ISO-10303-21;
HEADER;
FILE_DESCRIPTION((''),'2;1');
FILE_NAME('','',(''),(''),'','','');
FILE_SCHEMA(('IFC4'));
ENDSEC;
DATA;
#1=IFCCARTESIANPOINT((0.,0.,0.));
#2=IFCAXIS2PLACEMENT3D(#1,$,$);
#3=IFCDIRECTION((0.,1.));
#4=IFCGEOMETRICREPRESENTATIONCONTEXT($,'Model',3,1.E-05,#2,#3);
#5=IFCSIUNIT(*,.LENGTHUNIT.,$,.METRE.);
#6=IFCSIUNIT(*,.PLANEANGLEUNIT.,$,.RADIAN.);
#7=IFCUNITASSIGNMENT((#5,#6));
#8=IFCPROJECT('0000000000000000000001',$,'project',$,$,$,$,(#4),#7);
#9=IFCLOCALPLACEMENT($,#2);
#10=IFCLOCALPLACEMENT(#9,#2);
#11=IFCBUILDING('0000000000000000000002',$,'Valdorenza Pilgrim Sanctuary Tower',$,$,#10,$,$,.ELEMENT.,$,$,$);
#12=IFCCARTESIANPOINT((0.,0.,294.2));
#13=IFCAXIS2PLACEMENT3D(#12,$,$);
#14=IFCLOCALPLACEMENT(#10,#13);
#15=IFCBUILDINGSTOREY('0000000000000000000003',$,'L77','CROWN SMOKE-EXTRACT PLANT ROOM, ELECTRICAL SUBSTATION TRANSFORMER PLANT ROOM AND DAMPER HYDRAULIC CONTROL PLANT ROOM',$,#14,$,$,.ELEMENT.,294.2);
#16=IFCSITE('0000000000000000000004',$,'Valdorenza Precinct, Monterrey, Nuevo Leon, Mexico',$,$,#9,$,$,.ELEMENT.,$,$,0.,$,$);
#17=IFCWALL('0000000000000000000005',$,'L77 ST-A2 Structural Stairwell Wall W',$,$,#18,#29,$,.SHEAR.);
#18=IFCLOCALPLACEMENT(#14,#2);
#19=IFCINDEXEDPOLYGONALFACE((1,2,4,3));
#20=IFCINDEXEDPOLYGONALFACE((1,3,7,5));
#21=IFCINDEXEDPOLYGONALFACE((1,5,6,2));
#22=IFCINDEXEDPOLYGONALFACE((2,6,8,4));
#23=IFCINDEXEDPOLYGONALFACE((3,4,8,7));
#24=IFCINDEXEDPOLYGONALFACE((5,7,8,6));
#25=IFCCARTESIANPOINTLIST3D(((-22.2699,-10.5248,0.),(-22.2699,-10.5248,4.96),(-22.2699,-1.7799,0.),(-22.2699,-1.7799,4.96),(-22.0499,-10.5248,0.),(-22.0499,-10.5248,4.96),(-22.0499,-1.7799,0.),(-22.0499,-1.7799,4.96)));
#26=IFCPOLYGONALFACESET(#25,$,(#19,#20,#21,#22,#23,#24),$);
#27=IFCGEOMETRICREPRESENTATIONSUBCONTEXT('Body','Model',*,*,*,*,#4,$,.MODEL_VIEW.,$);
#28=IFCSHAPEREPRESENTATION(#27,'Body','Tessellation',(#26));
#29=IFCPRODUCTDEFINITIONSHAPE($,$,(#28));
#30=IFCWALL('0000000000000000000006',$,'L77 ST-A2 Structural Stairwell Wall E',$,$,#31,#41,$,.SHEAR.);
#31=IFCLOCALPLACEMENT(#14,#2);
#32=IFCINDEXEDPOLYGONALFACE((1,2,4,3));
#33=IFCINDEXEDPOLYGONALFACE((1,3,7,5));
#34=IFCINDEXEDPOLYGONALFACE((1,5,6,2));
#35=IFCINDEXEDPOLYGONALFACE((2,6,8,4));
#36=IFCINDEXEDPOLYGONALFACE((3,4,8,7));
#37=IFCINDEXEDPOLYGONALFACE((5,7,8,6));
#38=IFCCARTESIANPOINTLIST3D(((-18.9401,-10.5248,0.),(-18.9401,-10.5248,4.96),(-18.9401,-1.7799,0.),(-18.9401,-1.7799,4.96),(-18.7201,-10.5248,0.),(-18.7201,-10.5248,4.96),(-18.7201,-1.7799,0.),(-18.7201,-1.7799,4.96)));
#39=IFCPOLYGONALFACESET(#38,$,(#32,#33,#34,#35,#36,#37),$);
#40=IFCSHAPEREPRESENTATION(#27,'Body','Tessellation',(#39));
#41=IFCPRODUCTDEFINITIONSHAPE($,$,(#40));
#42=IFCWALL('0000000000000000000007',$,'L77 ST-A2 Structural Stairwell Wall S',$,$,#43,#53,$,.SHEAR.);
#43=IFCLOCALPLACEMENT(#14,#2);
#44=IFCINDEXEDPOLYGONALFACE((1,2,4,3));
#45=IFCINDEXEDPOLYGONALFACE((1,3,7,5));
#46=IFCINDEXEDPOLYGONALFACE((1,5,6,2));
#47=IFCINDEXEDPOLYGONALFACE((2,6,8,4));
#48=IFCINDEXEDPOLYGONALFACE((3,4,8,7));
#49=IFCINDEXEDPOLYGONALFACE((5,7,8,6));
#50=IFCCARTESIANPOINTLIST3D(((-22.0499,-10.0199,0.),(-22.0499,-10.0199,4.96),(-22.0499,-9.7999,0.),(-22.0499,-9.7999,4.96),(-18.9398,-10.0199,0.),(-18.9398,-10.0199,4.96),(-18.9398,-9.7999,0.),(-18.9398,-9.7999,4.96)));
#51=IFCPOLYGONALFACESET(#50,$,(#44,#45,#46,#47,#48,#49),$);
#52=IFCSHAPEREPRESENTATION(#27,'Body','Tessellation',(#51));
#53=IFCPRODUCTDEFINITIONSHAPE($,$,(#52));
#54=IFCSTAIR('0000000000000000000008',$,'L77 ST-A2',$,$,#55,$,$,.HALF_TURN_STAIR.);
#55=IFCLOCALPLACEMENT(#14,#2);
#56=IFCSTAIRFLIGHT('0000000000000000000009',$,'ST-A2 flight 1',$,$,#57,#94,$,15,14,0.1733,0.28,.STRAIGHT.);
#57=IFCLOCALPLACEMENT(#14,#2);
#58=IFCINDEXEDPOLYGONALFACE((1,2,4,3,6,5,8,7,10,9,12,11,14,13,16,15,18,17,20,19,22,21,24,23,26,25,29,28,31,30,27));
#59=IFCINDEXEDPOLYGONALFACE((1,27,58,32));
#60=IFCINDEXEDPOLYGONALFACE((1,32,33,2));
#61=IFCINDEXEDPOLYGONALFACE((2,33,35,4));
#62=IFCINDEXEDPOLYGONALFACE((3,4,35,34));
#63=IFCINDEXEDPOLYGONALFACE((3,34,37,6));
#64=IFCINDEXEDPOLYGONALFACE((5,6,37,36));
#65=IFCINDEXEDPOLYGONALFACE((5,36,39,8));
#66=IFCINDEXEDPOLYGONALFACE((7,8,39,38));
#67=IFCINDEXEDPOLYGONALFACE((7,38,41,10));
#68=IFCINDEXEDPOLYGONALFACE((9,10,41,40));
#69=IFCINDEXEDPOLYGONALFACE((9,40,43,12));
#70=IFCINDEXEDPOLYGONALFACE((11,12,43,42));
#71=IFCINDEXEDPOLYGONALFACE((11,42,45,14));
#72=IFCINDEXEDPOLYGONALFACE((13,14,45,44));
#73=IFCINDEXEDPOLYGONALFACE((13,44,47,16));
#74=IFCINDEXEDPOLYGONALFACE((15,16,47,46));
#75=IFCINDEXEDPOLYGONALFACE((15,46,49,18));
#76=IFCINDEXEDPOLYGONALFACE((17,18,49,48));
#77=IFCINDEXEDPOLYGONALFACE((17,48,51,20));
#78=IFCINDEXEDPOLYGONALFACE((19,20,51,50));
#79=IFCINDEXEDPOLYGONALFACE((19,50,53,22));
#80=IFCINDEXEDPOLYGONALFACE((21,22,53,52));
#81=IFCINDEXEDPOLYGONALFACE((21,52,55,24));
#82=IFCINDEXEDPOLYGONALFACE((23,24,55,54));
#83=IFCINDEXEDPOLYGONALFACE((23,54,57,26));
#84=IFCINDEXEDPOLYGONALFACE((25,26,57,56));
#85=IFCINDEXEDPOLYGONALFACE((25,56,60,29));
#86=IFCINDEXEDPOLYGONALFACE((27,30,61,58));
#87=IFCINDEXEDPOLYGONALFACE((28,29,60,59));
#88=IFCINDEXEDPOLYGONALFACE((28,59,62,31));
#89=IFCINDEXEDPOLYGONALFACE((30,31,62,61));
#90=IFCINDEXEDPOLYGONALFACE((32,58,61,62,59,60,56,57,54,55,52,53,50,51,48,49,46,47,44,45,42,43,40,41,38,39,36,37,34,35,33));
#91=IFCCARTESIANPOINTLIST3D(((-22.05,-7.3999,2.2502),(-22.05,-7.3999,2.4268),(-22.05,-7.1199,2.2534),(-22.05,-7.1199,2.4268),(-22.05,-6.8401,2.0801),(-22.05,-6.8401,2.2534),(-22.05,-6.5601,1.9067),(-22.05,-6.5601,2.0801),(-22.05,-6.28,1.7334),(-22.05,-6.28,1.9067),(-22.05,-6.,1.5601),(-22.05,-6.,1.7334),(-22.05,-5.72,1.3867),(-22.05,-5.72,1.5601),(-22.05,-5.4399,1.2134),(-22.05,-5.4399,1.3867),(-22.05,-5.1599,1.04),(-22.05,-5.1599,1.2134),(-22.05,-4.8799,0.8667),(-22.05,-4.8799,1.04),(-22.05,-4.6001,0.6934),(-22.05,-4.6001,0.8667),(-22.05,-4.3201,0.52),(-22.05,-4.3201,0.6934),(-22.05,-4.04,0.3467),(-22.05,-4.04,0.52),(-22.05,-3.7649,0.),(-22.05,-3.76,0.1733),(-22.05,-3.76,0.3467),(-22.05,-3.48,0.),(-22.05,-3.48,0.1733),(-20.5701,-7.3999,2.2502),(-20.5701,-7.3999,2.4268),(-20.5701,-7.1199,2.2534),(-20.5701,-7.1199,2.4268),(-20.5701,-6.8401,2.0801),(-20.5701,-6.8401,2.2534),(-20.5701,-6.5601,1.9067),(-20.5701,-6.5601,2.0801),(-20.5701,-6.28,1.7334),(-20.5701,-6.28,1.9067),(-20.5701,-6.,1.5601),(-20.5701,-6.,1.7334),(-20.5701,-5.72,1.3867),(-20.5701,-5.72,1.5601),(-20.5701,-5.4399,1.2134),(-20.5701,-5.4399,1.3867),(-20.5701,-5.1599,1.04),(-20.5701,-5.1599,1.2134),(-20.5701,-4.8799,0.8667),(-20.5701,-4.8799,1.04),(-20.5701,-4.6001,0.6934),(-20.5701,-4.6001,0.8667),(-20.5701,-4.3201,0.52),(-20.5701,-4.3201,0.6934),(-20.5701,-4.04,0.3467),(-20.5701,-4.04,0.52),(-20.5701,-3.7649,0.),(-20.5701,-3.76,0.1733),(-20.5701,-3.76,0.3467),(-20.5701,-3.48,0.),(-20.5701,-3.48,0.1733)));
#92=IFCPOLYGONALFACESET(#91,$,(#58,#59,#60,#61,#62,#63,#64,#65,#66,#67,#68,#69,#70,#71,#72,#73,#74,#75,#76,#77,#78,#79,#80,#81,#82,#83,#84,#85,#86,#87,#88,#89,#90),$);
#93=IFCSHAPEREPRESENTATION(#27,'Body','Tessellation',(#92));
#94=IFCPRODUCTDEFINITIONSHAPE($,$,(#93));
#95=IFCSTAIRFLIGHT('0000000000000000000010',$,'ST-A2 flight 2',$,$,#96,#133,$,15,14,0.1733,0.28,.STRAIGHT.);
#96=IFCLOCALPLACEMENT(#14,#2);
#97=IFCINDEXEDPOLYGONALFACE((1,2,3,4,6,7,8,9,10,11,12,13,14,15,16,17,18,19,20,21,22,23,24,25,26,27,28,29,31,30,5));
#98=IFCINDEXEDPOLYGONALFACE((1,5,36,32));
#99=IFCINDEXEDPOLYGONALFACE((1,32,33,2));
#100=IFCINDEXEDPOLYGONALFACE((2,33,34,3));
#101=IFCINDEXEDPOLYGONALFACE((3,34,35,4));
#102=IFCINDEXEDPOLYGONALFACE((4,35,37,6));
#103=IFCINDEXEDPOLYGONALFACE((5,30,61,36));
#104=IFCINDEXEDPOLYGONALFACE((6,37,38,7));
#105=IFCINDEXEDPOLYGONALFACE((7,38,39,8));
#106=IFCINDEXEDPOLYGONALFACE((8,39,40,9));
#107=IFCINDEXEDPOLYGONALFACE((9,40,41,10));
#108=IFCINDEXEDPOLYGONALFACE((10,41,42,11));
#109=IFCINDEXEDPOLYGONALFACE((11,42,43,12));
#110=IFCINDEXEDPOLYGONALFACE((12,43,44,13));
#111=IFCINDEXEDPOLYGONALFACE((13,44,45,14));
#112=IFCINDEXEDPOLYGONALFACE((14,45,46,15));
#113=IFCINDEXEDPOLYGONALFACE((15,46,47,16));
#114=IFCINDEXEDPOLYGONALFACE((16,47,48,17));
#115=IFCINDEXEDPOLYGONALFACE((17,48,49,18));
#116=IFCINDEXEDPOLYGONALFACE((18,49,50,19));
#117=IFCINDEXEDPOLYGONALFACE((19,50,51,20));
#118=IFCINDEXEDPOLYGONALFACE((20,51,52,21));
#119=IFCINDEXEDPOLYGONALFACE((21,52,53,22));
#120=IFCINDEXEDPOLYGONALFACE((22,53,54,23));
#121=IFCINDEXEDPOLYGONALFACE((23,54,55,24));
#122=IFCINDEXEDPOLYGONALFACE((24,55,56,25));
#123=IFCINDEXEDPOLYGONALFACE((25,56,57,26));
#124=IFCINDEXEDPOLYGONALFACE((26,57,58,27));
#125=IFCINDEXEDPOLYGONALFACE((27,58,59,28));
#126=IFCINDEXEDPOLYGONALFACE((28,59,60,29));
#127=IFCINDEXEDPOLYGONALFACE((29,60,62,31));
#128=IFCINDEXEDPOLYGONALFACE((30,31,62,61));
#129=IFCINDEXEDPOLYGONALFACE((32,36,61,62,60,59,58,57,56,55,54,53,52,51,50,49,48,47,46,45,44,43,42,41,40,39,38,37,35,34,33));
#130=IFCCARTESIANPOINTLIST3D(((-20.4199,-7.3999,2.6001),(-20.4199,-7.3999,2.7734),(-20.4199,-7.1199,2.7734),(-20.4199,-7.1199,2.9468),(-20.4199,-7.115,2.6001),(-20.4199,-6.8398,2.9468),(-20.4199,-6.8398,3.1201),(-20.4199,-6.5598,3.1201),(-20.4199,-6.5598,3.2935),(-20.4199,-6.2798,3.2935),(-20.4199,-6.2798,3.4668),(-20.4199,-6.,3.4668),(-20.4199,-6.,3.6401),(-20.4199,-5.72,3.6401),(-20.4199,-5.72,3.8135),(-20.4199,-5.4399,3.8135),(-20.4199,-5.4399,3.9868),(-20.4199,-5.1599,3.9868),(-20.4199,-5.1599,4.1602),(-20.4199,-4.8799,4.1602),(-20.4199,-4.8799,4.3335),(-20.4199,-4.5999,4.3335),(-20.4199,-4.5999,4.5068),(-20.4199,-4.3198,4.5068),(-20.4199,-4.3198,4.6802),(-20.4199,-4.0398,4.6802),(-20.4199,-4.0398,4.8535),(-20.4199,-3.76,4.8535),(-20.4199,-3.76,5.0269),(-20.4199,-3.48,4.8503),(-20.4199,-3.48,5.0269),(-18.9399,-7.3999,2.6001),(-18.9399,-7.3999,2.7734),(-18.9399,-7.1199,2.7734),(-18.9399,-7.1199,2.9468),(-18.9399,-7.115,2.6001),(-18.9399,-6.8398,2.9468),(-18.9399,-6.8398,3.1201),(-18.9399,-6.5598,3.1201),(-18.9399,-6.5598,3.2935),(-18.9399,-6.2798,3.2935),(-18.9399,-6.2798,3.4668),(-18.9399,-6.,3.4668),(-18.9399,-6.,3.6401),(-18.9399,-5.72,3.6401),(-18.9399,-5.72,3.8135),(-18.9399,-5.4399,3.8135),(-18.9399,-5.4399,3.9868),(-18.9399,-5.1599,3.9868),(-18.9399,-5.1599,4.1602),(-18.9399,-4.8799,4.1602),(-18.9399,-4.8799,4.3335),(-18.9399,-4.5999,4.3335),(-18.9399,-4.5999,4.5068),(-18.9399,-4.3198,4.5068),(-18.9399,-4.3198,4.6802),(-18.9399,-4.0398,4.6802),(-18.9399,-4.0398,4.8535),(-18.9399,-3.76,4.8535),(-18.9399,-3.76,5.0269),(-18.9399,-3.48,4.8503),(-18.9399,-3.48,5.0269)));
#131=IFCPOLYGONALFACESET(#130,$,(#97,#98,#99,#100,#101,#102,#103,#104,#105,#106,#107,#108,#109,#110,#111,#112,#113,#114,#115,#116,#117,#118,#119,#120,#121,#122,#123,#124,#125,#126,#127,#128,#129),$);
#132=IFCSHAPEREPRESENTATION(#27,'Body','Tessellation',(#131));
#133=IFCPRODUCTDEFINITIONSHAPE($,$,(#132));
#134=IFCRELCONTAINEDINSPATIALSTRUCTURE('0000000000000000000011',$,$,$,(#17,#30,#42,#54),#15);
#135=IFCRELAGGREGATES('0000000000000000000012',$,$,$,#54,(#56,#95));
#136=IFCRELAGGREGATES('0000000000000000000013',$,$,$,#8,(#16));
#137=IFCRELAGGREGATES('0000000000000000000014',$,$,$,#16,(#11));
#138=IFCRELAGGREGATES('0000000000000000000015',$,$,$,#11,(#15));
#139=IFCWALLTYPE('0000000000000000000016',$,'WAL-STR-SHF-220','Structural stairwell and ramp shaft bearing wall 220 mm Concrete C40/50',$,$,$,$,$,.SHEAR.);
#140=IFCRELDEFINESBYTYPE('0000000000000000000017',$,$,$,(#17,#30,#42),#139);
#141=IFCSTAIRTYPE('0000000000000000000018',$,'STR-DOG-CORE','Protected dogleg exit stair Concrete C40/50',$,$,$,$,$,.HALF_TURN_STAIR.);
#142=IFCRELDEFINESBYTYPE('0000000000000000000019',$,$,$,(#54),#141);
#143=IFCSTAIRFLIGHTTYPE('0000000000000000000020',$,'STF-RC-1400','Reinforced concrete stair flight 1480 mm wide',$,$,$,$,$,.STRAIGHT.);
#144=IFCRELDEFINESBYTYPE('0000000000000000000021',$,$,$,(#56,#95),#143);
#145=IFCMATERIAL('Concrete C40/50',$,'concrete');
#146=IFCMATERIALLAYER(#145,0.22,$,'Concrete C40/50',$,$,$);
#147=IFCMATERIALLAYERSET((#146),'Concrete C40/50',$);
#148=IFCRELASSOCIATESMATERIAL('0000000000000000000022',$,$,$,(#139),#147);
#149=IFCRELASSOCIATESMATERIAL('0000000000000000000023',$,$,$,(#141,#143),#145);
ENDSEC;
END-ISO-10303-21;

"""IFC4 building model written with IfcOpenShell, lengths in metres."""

from ifc_helpers import new_model, si_unit, direction, frame, frame_2d, origin, place, context, subcontext, project, spatial, polyline, rectangle, outline, extrude, material, layer, layer_set, type_object, element, aggregate, save


model = new_model("IFC4")

# Units and contexts
model_context = context("Model", 3, precision=1e-05, world=origin(), true_north=direction((0.0, 1.0)))
body_context = subcontext(model_context, "Body", "Model", "MODEL_VIEW")
ifc_project = project(units=[si_unit("LENGTHUNIT", "METRE"), si_unit("PLANEANGLEUNIT", "RADIAN")], contexts=[model_context])

# Site, building, storey
site_placement = place(None, origin())
site = spatial("IfcSite", under=ifc_project, at=site_placement, Name="Valdorenza Precinct, Monterrey, Nuevo Leon, Mexico", CompositionType="ELEMENT", RefElevation=0.0)
building_placement = place(site_placement, origin())
building = spatial("IfcBuilding", under=site, at=building_placement, Name="Valdorenza Pilgrim Sanctuary Tower", CompositionType="ELEMENT")
storey_placement = place(building_placement, frame((0.0, 0.0, 294.2)))
storey = spatial("IfcBuildingStorey", under=building, at=storey_placement, Name="L77", Description="CROWN SMOKE-EXTRACT PLANT ROOM, ELECTRICAL SUBSTATION TRANSFORMER PLANT ROOM AND DAMPER HYDRAULIC CONTROL PLANT ROOM", CompositionType="ELEMENT", Elevation=294.2)

# Walls
ifc_material_1 = material(Name="Concrete C40/50", Category="concrete")
ifc_layer_1 = layer(ifc_material_1, 0.22, Name="Concrete C40/50")
ifc_layer_set_1 = layer_set([ifc_layer_1], Name="Concrete C40/50")
wall_type_1 = type_object("IfcWallType", Name="WAL-STR-SHF-220", Description="Structural stairwell and ramp shaft bearing wall 220 mm Concrete C40/50", PredefinedType="SHEAR", material=ifc_layer_set_1)
for number, where, z_axis, x_axis, name in (
    (1, (-22.1599, -10.5249, 0.0), (0.0, 0.0, 1.0), (0.0, 1.0, 0.0), "L77 ST-A2 Structural Stairwell Wall W"),
    (2, (-18.8301, -10.5249, 0.0), (0.0, 0.0, 1.0), (0.0, 1.0, 0.0), "L77 ST-A2 Structural Stairwell Wall E"),
):
    element("IfcWall", number, at=place(storey_placement, frame(where, z_axis=z_axis, x_axis=x_axis)), inside=storey, type_object=wall_type_1, Name=name, PredefinedType="SHEAR", context=body_context, shape_type="SweptSolid", body=[
        extrude(rectangle(XDim=8.7449, YDim=0.22, at=frame_2d((4.3726, 0.0))), origin(), (0.0, 0.0, 1.0), 4.96),
    ])
wall_1_placement = place(storey_placement, frame((-22.05, -9.9099, 0.0), z_axis=(0.0, 0.0, 1.0), x_axis=(1.0, 0.0, 0.0)))
element("IfcWall", 3, at=wall_1_placement, inside=storey, type_object=wall_type_1, Name="L77 ST-A2 Structural Stairwell Wall S", PredefinedType="SHEAR", context=body_context, shape_type="SweptSolid", body=[
    extrude(rectangle(XDim=3.1101, YDim=0.22, at=frame_2d((1.5552, 0.0))), origin(), (0.0, 0.0, 1.0), 4.96),
])

# Stair, stair flights
stair_type = type_object("IfcStairType", Name="STR-DOG-CORE", Description="Protected dogleg exit stair Concrete C40/50", PredefinedType="HALF_TURN_STAIR", material=ifc_material_1)
stair_placement = place(storey_placement, origin())
stair = element("IfcStair", 4, at=stair_placement, inside=storey, type_object=stair_type, Name="L77 ST-A2", PredefinedType="HALF_TURN_STAIR")
stair_flight_type = type_object("IfcStairFlightType", Name="STF-RC-1400", Description="Reinforced concrete stair flight 1480 mm wide", PredefinedType="STRAIGHT", material=ifc_material_1)
stair_flight_1_placement = place(storey_placement, frame((-21.3101, -3.48, 0.0), z_axis=(0.0, 0.0, 1.0), x_axis=(0.0, -1.0, 0.0)))
stair_flight_1 = element("IfcStairFlight", 5, at=stair_flight_1_placement, type_object=stair_flight_type, Name="ST-A2 flight 1", NumberOfRisers=15, NumberOfTreads=14, PredefinedType="STRAIGHT", RiserHeight=0.1733, TreadLength=0.28, context=body_context, shape_type="SweptSolid", body=[
    extrude(outline(polyline([(0.0, 0.0), (0.0, 0.1733), (0.28, 0.1733), (0.28, 0.3467), (0.5601, 0.3467), (0.5601, 0.52), (0.8401, 0.52), (0.8401, 0.6934), (1.1201, 0.6934), (1.1201, 0.8667), (1.3999, 0.8667), (1.3999, 1.04), (1.6799, 1.04), (1.6799, 1.2134), (1.96, 1.2134), (1.96, 1.3867), (2.24, 1.3867), (2.24, 1.5601), (2.52, 1.5601), (2.52, 1.7334), (2.8, 1.7334), (2.8, 1.9067), (3.0801, 1.9067), (3.0801, 2.0801), (3.3601, 2.0801), (3.3601, 2.2534), (3.6399, 2.2534), (3.6399, 2.4268), (3.9199, 2.4268), (3.9199, 2.6001), (3.9199, 2.2502), (0.2849, 0.0), (0.0, 0.0)])), frame((0.0, 0.74, 0.0), z_axis=(0.0, -1.0, 0.0), x_axis=(1.0, 0.0, 0.0)), (0.0, 0.0, 1.0), 1.48),
])
stair_flight_2_placement = place(storey_placement, frame((-19.6799, -7.3999, 2.6001), z_axis=(0.0, 0.0, 1.0), x_axis=(0.0, 1.0, 0.0)))
stair_flight_2 = element("IfcStairFlight", 6, at=stair_flight_2_placement, type_object=stair_flight_type, Name="ST-A2 flight 2", NumberOfRisers=15, NumberOfTreads=14, PredefinedType="STRAIGHT", RiserHeight=0.1733, TreadLength=0.28, context=body_context, shape_type="SweptSolid", body=[
    extrude(outline(polyline([(0.0, 0.0), (0.0, 0.1733), (0.28, 0.1733), (0.28, 0.3467), (0.5601, 0.3467), (0.5601, 0.52), (0.8401, 0.52), (0.8401, 0.6934), (1.1201, 0.6934), (1.1201, 0.8667), (1.3999, 0.8667), (1.3999, 1.04), (1.6799, 1.04), (1.6799, 1.2134), (1.96, 1.2134), (1.96, 1.3867), (2.24, 1.3867), (2.24, 1.5601), (2.52, 1.5601), (2.52, 1.7334), (2.8, 1.7334), (2.8, 1.9067), (3.0801, 1.9067), (3.0801, 2.0801), (3.3601, 2.0801), (3.3601, 2.2534), (3.6399, 2.2534), (3.6399, 2.4268), (3.9199, 2.4268), (3.9199, 2.6001), (3.9199, 2.2502), (0.2849, 0.0), (0.0, 0.0)])), frame((0.0, 0.74, 0.0), z_axis=(0.0, -1.0, 0.0), x_axis=(1.0, 0.0, 0.0)), (0.0, 0.0, 1.0), 1.48),
])
aggregate(stair, [stair_flight_1, stair_flight_2])

save(model, "model.ifc")
